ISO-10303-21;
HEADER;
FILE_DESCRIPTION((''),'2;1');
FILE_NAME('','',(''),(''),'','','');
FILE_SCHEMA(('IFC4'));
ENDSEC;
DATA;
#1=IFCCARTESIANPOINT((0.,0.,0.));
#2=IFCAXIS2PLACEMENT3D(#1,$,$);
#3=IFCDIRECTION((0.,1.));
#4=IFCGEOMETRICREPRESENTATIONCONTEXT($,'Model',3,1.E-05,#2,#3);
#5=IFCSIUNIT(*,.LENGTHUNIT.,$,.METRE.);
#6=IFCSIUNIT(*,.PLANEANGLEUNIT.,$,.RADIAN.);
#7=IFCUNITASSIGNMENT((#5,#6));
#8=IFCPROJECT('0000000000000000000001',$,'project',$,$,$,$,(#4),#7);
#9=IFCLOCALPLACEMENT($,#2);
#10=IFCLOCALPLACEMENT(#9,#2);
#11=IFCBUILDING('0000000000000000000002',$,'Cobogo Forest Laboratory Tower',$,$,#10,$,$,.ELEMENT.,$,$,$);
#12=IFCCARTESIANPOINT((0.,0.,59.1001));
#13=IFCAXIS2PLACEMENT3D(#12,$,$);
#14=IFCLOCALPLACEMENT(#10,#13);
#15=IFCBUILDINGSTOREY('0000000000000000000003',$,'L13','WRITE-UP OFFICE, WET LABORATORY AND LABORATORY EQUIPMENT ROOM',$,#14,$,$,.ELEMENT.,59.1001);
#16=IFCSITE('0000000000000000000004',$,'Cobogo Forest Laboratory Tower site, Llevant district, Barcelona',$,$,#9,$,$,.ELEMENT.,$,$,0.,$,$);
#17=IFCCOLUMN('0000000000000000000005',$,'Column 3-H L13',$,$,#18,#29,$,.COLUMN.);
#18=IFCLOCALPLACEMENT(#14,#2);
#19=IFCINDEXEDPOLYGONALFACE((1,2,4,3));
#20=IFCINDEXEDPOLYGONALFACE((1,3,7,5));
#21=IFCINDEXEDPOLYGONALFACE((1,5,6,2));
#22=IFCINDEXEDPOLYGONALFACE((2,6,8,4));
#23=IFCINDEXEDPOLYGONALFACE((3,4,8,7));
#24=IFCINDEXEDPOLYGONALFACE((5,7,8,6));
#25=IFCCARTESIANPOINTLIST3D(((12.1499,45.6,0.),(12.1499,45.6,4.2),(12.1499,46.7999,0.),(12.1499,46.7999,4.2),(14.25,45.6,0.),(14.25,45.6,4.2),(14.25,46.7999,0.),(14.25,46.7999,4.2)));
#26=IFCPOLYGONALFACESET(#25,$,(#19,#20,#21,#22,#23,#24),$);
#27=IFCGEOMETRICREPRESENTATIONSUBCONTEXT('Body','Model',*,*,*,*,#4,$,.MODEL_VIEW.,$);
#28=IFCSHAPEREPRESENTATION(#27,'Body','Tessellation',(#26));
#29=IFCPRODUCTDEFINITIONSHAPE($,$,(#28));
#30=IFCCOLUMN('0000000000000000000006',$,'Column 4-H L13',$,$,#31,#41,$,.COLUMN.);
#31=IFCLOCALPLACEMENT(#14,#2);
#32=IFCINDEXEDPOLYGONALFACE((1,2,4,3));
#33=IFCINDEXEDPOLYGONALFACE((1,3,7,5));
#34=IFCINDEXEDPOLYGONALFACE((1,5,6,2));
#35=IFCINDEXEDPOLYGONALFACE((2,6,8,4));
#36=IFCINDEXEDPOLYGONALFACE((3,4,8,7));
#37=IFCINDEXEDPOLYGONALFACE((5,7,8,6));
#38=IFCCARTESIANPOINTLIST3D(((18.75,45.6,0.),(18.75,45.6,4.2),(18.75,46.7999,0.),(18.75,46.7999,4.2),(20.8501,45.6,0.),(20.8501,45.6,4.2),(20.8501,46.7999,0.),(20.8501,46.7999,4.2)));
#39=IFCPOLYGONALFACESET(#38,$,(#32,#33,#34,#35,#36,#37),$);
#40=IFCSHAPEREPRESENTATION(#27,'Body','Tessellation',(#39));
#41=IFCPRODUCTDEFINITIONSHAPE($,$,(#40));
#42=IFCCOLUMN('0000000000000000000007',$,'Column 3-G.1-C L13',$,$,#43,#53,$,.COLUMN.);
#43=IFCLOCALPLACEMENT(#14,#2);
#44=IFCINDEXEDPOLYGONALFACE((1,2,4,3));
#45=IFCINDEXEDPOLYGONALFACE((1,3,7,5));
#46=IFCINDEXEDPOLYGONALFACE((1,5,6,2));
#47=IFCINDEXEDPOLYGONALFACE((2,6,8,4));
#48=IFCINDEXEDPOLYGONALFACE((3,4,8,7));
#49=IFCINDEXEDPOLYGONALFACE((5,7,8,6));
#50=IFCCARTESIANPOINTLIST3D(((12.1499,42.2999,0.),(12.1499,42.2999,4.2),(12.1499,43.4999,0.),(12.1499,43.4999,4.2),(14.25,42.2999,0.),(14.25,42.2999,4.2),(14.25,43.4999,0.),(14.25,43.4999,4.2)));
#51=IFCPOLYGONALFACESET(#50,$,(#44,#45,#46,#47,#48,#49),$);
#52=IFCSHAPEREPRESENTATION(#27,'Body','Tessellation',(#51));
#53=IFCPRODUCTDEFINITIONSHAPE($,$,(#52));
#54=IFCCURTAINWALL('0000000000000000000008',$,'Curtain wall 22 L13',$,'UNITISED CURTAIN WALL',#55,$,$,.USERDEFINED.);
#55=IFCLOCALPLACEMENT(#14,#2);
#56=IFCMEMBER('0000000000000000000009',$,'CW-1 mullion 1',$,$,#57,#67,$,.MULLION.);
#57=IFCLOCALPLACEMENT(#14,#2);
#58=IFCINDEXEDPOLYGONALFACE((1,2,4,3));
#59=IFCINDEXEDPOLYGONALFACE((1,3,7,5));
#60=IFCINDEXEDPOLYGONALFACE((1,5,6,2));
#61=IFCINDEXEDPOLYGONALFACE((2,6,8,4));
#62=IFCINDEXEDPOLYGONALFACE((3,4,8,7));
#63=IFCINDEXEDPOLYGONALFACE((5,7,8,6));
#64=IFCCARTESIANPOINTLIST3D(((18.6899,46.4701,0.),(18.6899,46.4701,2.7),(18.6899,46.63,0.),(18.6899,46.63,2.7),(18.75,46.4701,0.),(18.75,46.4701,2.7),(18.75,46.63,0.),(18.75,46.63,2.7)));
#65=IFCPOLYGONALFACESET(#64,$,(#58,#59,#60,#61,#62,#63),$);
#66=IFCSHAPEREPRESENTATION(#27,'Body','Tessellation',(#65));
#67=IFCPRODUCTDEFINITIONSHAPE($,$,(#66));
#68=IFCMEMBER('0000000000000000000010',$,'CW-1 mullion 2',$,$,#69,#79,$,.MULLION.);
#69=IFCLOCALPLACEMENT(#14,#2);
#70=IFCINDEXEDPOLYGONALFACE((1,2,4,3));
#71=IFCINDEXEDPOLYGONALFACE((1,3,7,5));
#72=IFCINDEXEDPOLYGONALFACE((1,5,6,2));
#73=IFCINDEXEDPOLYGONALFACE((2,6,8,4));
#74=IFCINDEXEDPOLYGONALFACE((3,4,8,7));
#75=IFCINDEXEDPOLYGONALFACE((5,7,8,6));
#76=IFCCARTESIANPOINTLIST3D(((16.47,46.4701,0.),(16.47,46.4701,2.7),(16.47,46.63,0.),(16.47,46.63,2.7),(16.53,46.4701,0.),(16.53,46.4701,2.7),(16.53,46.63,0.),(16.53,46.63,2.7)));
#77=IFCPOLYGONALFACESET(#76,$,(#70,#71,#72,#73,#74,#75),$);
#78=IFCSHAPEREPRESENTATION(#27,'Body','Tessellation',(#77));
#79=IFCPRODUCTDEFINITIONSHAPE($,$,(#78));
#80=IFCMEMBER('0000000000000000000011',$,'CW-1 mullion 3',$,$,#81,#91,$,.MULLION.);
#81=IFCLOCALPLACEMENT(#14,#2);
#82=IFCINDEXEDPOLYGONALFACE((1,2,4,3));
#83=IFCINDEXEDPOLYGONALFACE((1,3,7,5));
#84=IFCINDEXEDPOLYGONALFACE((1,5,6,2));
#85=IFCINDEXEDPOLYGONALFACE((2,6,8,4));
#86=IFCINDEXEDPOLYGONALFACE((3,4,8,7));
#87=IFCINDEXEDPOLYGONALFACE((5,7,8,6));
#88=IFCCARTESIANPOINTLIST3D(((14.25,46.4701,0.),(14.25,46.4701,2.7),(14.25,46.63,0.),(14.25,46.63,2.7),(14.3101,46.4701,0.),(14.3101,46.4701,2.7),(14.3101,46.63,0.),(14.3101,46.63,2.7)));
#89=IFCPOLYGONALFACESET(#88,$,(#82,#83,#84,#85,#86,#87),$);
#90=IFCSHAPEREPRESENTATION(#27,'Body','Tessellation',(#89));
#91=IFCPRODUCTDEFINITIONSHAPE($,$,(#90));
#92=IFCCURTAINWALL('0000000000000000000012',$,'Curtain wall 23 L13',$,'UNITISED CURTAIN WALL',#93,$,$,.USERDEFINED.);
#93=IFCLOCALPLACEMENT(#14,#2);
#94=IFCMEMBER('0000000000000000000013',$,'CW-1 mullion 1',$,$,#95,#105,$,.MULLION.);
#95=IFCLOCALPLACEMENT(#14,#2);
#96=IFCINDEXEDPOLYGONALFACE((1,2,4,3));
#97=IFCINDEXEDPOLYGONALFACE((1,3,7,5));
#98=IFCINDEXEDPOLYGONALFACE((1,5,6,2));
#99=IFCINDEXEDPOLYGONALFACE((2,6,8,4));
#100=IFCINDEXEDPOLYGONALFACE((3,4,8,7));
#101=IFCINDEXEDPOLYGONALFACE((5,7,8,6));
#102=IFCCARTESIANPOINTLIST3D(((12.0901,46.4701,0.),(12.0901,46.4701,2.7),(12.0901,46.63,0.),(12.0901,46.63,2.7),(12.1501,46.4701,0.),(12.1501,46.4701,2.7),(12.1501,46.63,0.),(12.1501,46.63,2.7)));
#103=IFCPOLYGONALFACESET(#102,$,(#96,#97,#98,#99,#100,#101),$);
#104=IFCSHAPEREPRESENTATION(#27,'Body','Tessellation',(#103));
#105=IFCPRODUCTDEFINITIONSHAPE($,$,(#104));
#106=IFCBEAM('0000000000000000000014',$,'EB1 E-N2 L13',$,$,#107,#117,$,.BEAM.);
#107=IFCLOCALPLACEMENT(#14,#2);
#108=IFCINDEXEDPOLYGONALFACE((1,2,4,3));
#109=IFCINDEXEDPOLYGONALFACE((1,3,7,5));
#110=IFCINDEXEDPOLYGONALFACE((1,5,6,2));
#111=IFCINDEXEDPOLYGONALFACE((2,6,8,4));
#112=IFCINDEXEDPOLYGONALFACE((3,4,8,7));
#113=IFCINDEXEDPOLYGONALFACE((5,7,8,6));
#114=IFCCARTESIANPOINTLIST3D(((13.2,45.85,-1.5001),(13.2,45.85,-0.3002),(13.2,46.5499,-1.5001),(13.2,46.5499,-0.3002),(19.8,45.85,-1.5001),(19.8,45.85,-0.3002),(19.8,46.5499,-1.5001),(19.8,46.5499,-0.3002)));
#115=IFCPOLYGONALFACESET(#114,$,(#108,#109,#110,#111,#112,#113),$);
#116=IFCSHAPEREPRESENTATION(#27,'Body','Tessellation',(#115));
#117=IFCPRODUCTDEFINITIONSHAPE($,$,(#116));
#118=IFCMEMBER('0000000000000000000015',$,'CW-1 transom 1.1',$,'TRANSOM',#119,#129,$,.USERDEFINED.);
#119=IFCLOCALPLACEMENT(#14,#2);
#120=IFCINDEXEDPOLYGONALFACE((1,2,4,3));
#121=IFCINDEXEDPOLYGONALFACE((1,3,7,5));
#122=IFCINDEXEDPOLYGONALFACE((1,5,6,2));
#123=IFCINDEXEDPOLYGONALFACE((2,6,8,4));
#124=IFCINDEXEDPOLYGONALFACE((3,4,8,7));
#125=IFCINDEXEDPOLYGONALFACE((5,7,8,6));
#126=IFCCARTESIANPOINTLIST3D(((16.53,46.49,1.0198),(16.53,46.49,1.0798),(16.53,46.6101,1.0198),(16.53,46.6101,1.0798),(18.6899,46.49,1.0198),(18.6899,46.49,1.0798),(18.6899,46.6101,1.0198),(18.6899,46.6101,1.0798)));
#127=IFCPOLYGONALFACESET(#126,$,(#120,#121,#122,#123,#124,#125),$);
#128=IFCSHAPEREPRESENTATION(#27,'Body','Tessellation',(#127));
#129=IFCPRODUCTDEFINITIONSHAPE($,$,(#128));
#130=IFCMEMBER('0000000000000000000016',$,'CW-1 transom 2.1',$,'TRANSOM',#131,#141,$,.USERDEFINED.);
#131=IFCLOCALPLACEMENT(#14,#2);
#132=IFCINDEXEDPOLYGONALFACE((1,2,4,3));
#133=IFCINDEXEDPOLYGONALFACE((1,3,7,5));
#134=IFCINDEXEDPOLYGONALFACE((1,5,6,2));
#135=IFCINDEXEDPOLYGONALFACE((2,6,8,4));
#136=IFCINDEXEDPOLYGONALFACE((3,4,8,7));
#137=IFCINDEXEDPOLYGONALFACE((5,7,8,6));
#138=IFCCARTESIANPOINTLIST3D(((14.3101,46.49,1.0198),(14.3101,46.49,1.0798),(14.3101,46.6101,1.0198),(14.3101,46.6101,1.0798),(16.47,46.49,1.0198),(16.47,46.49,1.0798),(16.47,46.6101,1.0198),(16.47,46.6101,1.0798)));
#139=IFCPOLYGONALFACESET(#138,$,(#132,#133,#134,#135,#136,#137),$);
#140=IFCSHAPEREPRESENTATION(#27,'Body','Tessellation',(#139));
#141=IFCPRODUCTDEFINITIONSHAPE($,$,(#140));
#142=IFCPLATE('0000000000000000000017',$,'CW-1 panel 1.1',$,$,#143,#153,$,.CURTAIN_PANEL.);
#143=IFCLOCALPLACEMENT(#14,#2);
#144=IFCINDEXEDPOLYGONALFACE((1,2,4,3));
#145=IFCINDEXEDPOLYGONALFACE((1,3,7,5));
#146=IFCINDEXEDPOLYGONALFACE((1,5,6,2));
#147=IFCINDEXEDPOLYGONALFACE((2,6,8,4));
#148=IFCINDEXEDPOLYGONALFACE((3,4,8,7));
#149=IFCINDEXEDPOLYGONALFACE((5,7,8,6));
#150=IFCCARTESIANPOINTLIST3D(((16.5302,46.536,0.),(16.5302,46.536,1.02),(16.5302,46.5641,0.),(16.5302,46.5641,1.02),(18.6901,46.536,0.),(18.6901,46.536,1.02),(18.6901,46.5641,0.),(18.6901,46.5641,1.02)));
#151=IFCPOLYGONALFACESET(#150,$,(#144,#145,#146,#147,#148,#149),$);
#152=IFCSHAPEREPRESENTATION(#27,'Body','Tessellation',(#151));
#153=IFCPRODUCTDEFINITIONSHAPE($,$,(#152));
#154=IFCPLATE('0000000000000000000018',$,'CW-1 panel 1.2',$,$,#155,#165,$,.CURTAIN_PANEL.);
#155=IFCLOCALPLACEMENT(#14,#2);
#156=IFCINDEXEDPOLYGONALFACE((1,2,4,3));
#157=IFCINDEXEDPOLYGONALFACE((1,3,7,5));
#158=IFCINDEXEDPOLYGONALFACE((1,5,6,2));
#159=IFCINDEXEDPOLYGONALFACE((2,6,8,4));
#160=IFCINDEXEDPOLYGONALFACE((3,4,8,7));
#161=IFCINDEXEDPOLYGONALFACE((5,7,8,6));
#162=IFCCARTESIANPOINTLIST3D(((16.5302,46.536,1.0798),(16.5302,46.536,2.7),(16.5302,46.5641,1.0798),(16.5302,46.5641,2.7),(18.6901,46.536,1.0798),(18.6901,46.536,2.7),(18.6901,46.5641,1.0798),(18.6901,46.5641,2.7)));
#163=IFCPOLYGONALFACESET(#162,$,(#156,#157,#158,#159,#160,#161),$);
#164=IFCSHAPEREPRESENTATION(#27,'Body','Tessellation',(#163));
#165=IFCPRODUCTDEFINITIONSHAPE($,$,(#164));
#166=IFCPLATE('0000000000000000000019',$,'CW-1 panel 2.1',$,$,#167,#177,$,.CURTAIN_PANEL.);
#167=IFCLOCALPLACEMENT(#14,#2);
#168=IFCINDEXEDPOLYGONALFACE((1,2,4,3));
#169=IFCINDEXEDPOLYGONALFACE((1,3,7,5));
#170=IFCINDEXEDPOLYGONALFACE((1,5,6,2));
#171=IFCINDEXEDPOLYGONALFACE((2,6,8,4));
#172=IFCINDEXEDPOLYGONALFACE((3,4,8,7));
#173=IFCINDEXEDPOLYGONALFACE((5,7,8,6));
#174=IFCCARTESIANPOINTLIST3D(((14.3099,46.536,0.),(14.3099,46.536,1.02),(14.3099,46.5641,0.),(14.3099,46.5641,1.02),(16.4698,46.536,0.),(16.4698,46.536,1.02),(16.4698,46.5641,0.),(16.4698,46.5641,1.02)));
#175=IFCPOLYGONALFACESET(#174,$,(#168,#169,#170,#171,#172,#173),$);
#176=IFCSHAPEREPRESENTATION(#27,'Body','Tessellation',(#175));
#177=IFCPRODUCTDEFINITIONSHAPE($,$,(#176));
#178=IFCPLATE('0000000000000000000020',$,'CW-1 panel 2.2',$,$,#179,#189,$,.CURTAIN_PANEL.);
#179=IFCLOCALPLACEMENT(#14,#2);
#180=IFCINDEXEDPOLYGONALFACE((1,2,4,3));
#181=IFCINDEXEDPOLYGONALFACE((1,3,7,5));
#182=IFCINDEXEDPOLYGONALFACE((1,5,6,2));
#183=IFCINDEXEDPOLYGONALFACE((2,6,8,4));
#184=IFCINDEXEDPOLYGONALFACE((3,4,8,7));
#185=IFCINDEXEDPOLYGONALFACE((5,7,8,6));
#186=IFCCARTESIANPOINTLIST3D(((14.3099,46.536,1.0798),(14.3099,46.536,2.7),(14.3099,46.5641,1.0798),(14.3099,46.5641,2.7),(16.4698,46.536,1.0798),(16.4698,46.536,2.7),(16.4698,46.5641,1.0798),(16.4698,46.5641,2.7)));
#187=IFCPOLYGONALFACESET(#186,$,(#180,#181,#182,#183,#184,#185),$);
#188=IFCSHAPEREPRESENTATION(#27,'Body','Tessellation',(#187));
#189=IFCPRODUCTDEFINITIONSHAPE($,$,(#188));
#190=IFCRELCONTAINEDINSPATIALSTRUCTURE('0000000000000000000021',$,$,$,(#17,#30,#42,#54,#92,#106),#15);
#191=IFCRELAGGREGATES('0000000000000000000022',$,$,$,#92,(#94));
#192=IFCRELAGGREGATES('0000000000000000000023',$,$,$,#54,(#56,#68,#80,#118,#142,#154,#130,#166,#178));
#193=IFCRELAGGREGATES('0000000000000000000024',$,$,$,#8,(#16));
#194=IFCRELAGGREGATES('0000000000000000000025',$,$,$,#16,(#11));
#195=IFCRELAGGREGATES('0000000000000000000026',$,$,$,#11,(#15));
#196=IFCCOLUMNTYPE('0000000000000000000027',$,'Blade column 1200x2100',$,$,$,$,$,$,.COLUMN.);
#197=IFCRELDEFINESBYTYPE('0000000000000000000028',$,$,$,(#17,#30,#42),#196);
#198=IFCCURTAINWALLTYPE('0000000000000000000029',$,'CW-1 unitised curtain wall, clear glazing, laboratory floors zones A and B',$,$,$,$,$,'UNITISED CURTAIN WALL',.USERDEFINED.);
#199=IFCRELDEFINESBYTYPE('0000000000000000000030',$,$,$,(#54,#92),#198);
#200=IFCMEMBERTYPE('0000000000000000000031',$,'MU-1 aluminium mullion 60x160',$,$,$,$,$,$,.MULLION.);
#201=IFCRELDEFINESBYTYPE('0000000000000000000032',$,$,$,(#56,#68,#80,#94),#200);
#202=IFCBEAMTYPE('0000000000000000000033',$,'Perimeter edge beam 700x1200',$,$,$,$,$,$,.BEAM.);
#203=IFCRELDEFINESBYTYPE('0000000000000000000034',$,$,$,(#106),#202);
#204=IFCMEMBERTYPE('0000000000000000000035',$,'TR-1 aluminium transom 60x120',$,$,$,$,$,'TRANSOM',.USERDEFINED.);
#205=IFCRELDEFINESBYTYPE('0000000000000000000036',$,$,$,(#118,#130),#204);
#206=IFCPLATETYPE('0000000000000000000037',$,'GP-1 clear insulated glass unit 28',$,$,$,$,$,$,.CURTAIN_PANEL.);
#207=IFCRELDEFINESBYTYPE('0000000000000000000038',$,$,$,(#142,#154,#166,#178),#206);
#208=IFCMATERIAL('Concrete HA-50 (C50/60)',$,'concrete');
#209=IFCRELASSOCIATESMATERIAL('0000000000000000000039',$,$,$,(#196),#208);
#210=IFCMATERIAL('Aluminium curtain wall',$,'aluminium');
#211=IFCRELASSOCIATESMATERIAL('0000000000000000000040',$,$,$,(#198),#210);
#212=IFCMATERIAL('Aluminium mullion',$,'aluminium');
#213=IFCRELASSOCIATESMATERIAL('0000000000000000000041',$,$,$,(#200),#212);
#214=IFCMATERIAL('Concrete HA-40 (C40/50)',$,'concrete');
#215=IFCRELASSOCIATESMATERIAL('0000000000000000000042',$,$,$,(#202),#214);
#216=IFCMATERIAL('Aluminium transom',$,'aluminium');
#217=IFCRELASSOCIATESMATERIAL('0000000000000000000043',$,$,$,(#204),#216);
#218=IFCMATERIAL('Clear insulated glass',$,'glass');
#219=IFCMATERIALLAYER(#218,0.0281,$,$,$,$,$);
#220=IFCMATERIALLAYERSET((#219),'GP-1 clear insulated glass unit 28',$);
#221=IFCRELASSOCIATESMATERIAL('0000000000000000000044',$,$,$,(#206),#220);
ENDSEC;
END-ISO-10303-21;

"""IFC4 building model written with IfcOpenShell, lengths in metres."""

from ifc_helpers import new_model, si_unit, direction, frame, origin, origin_2d, place, context, subcontext, project, spatial, rectangle, extrude, material, layer, layer_set, material_profile, profile_set, type_object, element, aggregate, save


model = new_model("IFC4")

# Units and contexts
model_context = context("Model", 3, precision=1e-05, world=origin(), true_north=direction((0.0, 1.0)))
body_context = subcontext(model_context, "Body", "Model", "MODEL_VIEW")
ifc_project = project(units=[si_unit("LENGTHUNIT", "METRE"), si_unit("PLANEANGLEUNIT", "RADIAN")], contexts=[model_context])

# Site, building, storey
site_placement = place(None, origin())
site = spatial("IfcSite", under=ifc_project, at=site_placement, Name="Cobogo Forest Laboratory Tower site, Llevant district, Barcelona", CompositionType="ELEMENT", RefElevation=0.0)
building_placement = place(site_placement, origin())
building = spatial("IfcBuilding", under=site, at=building_placement, Name="Cobogo Forest Laboratory Tower", CompositionType="ELEMENT")
storey_placement = place(building_placement, frame((0.0, 0.0, 59.1001)))
storey = spatial("IfcBuildingStorey", under=building, at=storey_placement, Name="L13", Description="WRITE-UP OFFICE, WET LABORATORY AND LABORATORY EQUIPMENT ROOM", CompositionType="ELEMENT", Elevation=59.1001)

# Columns
ifc_material_1 = material(Name="Concrete HA-50 (C50/60)", Category="concrete")
ifc_material_profile_1 = material_profile(ifc_material_1, rectangle(XDim=2.1001, YDim=1.2, at=origin_2d()), Name="RC 1200x2100")
ifc_profile_set_1 = profile_set([ifc_material_profile_1], Name="Concrete HA-50 (C50/60)")
column_type = type_object("IfcColumnType", Name="Blade column 1200x2100", PredefinedType="COLUMN", material=ifc_profile_set_1)
for number, where, z_axis, x_axis, name in (
    (1, (13.2, 46.2, 0.0), (0.0, 0.0, 1.0), (1.0, 0.0, 0.0), "Column 3-H L13"),
    (2, (19.8, 46.2, 0.0), (0.0, 0.0, 1.0), (1.0, 0.0, 0.0), "Column 4-H L13"),
    (3, (13.2, 42.8999, 0.0), (0.0, 0.0, 1.0), (1.0, 0.0, 0.0), "Column 3-G.1-C L13"),
):
    element("IfcColumn", number, at=place(storey_placement, frame(where, z_axis=z_axis, x_axis=x_axis)), inside=storey, type_object=column_type, Name=name, PredefinedType="COLUMN", context=body_context, shape_type="SweptSolid", body=[
        extrude(rectangle(XDim=2.1001, YDim=1.2, at=origin_2d()), origin(), (0.0, 0.0, 1.0), 4.2),
    ])

# Curtain wall, members
ifc_material_2 = material(Name="Aluminium curtain wall", Category="aluminium")
curtain_wall_type = type_object("IfcCurtainWallType", Name="CW-1 unitised curtain wall, clear glazing, laboratory floors zones A and B", ElementType="UNITISED CURTAIN WALL", PredefinedType="USERDEFINED", material=ifc_material_2)
curtain_wall_1_placement = place(storey_placement, origin())
curtain_wall_1 = element("IfcCurtainWall", 4, at=curtain_wall_1_placement, inside=storey, type_object=curtain_wall_type, Name="Curtain wall 22 L13", ObjectType="UNITISED CURTAIN WALL", PredefinedType="USERDEFINED")
ifc_material_3 = material(Name="Aluminium mullion", Category="aluminium")
ifc_material_profile_2 = material_profile(ifc_material_3, rectangle(XDim=0.0601, YDim=0.1599, at=origin_2d()), Name="AL 60x160")
ifc_profile_set_2 = profile_set([ifc_material_profile_2], Name="Aluminium mullion")
member_type_1 = type_object("IfcMemberType", Name="MU-1 aluminium mullion 60x160", PredefinedType="MULLION", material=ifc_profile_set_2)
member_1_placement = place(storey_placement, frame((18.72, 46.55, 0.0), z_axis=(0.0, 0.0, 1.0), x_axis=(-1.0, 0.0, 0.0)))
member_1 = element("IfcMember", 5, at=member_1_placement, type_object=member_type_1, Name="CW-1 mullion 1", PredefinedType="MULLION", context=body_context, shape_type="SweptSolid", body=[
    extrude(rectangle(XDim=0.0601, YDim=0.1599, at=origin_2d()), origin(), (0.0, 0.0, 1.0), 2.7),
])
member_2_placement = place(storey_placement, frame((16.5, 46.55, 0.0), z_axis=(0.0, 0.0, 1.0), x_axis=(-1.0, 0.0, 0.0)))
member_2 = element("IfcMember", 6, at=member_2_placement, type_object=member_type_1, Name="CW-1 mullion 2", PredefinedType="MULLION", context=body_context, shape_type="SweptSolid", body=[
    extrude(rectangle(XDim=0.0601, YDim=0.1599, at=origin_2d()), origin(), (0.0, 0.0, 1.0), 2.7),
])
member_3_placement = place(storey_placement, frame((14.28, 46.55, 0.0), z_axis=(0.0, 0.0, 1.0), x_axis=(-1.0, 0.0, 0.0)))
member_3 = element("IfcMember", 7, at=member_3_placement, type_object=member_type_1, Name="CW-1 mullion 3", PredefinedType="MULLION", context=body_context, shape_type="SweptSolid", body=[
    extrude(rectangle(XDim=0.0601, YDim=0.1599, at=origin_2d()), origin(), (0.0, 0.0, 1.0), 2.7),
])

# Curtain wall, member
curtain_wall_2_placement = place(storey_placement, origin())
curtain_wall_2 = element("IfcCurtainWall", 8, at=curtain_wall_2_placement, inside=storey, type_object=curtain_wall_type, Name="Curtain wall 23 L13", ObjectType="UNITISED CURTAIN WALL", PredefinedType="USERDEFINED")
member_4_placement = place(storey_placement, frame((12.1201, 46.55, 0.0), z_axis=(0.0, 0.0, 1.0), x_axis=(-1.0, 0.0, 0.0)))
member_4 = element("IfcMember", 9, at=member_4_placement, type_object=member_type_1, Name="CW-1 mullion 1", PredefinedType="MULLION", context=body_context, shape_type="SweptSolid", body=[
    extrude(rectangle(XDim=0.0601, YDim=0.1599, at=origin_2d()), origin(), (0.0, 0.0, 1.0), 2.7),
])
aggregate(curtain_wall_2, [member_4])

# Beam
ifc_material_4 = material(Name="Concrete HA-40 (C40/50)", Category="concrete")
ifc_material_profile_3 = material_profile(ifc_material_4, rectangle(XDim=0.7, YDim=1.2, at=origin_2d()), Name="RC 700x1200")
ifc_profile_set_3 = profile_set([ifc_material_profile_3], Name="Concrete HA-40 (C40/50)")
beam_type = type_object("IfcBeamType", Name="Perimeter edge beam 700x1200", PredefinedType="BEAM", material=ifc_profile_set_3)
beam_placement = place(storey_placement, frame((13.2, 46.2, -0.9001), z_axis=(1.0, 0.0, 0.0), x_axis=(0.0, 1.0, 0.0)))
element("IfcBeam", 10, at=beam_placement, inside=storey, type_object=beam_type, Name="EB1 E-N2 L13", PredefinedType="BEAM", context=body_context, shape_type="SweptSolid", body=[
    extrude(rectangle(XDim=0.7, YDim=1.2, at=origin_2d()), origin(), (0.0, 0.0, 1.0), 6.6001),
])

# Members
ifc_material_5 = material(Name="Aluminium transom", Category="aluminium")
ifc_material_profile_4 = material_profile(ifc_material_5, rectangle(XDim=0.1201, YDim=0.0601, at=origin_2d()), Name="AL 60x120")
ifc_profile_set_4 = profile_set([ifc_material_profile_4], Name="Aluminium transom")
member_type_2 = type_object("IfcMemberType", Name="TR-1 aluminium transom 60x120", ElementType="TRANSOM", PredefinedType="USERDEFINED", material=ifc_profile_set_4)
member_5_placement = place(storey_placement, frame((18.6899, 46.55, 1.0498), z_axis=(-1.0, 0.0, 0.0), x_axis=(0.0, -1.0, 0.0)))
member_5 = element("IfcMember", 11, at=member_5_placement, type_object=member_type_2, Name="CW-1 transom 1.1", ObjectType="TRANSOM", PredefinedType="USERDEFINED", context=body_context, shape_type="SweptSolid", body=[
    extrude(rectangle(XDim=0.1201, YDim=0.0601, at=origin_2d()), origin(), (0.0, 0.0, 1.0), 2.1599),
])
member_6_placement = place(storey_placement, frame((16.47, 46.55, 1.0498), z_axis=(-1.0, 0.0, 0.0), x_axis=(0.0, -1.0, 0.0)))
member_6 = element("IfcMember", 12, at=member_6_placement, type_object=member_type_2, Name="CW-1 transom 2.1", ObjectType="TRANSOM", PredefinedType="USERDEFINED", context=body_context, shape_type="SweptSolid", body=[
    extrude(rectangle(XDim=0.1201, YDim=0.0601, at=origin_2d()), origin(), (0.0, 0.0, 1.0), 2.1599),
])

# Plates
ifc_material_6 = material(Name="Clear insulated glass", Category="glass")
ifc_layer_1 = layer(ifc_material_6, 0.0281)
ifc_layer_set_1 = layer_set([ifc_layer_1], Name="GP-1 clear insulated glass unit 28")
plate_type_1 = type_object("IfcPlateType", Name="GP-1 clear insulated glass unit 28", PredefinedType="CURTAIN_PANEL", material=ifc_layer_set_1)
plate_1_placement = place(storey_placement, frame((17.6101, 46.55, 0.0), z_axis=(0.0, 0.0, 1.0), x_axis=(-1.0, 0.0, 0.0)))
plate_1 = element("IfcPlate", 13, at=plate_1_placement, type_object=plate_type_1, Name="CW-1 panel 1.1", PredefinedType="CURTAIN_PANEL", context=body_context, shape_type="SweptSolid", body=[
    extrude(rectangle(XDim=2.1599, YDim=0.0281, at=origin_2d()), origin(), (0.0, 0.0, 1.0), 1.02),
])
plate_2_placement = place(storey_placement, frame((17.6101, 46.55, 1.0798), z_axis=(0.0, 0.0, 1.0), x_axis=(-1.0, 0.0, 0.0)))
plate_2 = element("IfcPlate", 14, at=plate_2_placement, type_object=plate_type_1, Name="CW-1 panel 1.2", PredefinedType="CURTAIN_PANEL", context=body_context, shape_type="SweptSolid", body=[
    extrude(rectangle(XDim=2.1599, YDim=0.0281, at=origin_2d()), origin(), (0.0, 0.0, 1.0), 1.6201),
])
plate_3_placement = place(storey_placement, frame((15.3899, 46.55, 0.0), z_axis=(0.0, 0.0, 1.0), x_axis=(-1.0, 0.0, 0.0)))
plate_3 = element("IfcPlate", 15, at=plate_3_placement, type_object=plate_type_1, Name="CW-1 panel 2.1", PredefinedType="CURTAIN_PANEL", context=body_context, shape_type="SweptSolid", body=[
    extrude(rectangle(XDim=2.1599, YDim=0.0281, at=origin_2d()), origin(), (0.0, 0.0, 1.0), 1.02),
])
plate_4_placement = place(storey_placement, frame((15.3899, 46.55, 1.0798), z_axis=(0.0, 0.0, 1.0), x_axis=(-1.0, 0.0, 0.0)))
plate_4 = element("IfcPlate", 16, at=plate_4_placement, type_object=plate_type_1, Name="CW-1 panel 2.2", PredefinedType="CURTAIN_PANEL", context=body_context, shape_type="SweptSolid", body=[
    extrude(rectangle(XDim=2.1599, YDim=0.0281, at=origin_2d()), origin(), (0.0, 0.0, 1.0), 1.6201),
])
aggregate(curtain_wall_1, [member_1, member_2, member_3, member_5, plate_1, plate_2, member_6, plate_3, plate_4])

save(model, "model.ifc")
